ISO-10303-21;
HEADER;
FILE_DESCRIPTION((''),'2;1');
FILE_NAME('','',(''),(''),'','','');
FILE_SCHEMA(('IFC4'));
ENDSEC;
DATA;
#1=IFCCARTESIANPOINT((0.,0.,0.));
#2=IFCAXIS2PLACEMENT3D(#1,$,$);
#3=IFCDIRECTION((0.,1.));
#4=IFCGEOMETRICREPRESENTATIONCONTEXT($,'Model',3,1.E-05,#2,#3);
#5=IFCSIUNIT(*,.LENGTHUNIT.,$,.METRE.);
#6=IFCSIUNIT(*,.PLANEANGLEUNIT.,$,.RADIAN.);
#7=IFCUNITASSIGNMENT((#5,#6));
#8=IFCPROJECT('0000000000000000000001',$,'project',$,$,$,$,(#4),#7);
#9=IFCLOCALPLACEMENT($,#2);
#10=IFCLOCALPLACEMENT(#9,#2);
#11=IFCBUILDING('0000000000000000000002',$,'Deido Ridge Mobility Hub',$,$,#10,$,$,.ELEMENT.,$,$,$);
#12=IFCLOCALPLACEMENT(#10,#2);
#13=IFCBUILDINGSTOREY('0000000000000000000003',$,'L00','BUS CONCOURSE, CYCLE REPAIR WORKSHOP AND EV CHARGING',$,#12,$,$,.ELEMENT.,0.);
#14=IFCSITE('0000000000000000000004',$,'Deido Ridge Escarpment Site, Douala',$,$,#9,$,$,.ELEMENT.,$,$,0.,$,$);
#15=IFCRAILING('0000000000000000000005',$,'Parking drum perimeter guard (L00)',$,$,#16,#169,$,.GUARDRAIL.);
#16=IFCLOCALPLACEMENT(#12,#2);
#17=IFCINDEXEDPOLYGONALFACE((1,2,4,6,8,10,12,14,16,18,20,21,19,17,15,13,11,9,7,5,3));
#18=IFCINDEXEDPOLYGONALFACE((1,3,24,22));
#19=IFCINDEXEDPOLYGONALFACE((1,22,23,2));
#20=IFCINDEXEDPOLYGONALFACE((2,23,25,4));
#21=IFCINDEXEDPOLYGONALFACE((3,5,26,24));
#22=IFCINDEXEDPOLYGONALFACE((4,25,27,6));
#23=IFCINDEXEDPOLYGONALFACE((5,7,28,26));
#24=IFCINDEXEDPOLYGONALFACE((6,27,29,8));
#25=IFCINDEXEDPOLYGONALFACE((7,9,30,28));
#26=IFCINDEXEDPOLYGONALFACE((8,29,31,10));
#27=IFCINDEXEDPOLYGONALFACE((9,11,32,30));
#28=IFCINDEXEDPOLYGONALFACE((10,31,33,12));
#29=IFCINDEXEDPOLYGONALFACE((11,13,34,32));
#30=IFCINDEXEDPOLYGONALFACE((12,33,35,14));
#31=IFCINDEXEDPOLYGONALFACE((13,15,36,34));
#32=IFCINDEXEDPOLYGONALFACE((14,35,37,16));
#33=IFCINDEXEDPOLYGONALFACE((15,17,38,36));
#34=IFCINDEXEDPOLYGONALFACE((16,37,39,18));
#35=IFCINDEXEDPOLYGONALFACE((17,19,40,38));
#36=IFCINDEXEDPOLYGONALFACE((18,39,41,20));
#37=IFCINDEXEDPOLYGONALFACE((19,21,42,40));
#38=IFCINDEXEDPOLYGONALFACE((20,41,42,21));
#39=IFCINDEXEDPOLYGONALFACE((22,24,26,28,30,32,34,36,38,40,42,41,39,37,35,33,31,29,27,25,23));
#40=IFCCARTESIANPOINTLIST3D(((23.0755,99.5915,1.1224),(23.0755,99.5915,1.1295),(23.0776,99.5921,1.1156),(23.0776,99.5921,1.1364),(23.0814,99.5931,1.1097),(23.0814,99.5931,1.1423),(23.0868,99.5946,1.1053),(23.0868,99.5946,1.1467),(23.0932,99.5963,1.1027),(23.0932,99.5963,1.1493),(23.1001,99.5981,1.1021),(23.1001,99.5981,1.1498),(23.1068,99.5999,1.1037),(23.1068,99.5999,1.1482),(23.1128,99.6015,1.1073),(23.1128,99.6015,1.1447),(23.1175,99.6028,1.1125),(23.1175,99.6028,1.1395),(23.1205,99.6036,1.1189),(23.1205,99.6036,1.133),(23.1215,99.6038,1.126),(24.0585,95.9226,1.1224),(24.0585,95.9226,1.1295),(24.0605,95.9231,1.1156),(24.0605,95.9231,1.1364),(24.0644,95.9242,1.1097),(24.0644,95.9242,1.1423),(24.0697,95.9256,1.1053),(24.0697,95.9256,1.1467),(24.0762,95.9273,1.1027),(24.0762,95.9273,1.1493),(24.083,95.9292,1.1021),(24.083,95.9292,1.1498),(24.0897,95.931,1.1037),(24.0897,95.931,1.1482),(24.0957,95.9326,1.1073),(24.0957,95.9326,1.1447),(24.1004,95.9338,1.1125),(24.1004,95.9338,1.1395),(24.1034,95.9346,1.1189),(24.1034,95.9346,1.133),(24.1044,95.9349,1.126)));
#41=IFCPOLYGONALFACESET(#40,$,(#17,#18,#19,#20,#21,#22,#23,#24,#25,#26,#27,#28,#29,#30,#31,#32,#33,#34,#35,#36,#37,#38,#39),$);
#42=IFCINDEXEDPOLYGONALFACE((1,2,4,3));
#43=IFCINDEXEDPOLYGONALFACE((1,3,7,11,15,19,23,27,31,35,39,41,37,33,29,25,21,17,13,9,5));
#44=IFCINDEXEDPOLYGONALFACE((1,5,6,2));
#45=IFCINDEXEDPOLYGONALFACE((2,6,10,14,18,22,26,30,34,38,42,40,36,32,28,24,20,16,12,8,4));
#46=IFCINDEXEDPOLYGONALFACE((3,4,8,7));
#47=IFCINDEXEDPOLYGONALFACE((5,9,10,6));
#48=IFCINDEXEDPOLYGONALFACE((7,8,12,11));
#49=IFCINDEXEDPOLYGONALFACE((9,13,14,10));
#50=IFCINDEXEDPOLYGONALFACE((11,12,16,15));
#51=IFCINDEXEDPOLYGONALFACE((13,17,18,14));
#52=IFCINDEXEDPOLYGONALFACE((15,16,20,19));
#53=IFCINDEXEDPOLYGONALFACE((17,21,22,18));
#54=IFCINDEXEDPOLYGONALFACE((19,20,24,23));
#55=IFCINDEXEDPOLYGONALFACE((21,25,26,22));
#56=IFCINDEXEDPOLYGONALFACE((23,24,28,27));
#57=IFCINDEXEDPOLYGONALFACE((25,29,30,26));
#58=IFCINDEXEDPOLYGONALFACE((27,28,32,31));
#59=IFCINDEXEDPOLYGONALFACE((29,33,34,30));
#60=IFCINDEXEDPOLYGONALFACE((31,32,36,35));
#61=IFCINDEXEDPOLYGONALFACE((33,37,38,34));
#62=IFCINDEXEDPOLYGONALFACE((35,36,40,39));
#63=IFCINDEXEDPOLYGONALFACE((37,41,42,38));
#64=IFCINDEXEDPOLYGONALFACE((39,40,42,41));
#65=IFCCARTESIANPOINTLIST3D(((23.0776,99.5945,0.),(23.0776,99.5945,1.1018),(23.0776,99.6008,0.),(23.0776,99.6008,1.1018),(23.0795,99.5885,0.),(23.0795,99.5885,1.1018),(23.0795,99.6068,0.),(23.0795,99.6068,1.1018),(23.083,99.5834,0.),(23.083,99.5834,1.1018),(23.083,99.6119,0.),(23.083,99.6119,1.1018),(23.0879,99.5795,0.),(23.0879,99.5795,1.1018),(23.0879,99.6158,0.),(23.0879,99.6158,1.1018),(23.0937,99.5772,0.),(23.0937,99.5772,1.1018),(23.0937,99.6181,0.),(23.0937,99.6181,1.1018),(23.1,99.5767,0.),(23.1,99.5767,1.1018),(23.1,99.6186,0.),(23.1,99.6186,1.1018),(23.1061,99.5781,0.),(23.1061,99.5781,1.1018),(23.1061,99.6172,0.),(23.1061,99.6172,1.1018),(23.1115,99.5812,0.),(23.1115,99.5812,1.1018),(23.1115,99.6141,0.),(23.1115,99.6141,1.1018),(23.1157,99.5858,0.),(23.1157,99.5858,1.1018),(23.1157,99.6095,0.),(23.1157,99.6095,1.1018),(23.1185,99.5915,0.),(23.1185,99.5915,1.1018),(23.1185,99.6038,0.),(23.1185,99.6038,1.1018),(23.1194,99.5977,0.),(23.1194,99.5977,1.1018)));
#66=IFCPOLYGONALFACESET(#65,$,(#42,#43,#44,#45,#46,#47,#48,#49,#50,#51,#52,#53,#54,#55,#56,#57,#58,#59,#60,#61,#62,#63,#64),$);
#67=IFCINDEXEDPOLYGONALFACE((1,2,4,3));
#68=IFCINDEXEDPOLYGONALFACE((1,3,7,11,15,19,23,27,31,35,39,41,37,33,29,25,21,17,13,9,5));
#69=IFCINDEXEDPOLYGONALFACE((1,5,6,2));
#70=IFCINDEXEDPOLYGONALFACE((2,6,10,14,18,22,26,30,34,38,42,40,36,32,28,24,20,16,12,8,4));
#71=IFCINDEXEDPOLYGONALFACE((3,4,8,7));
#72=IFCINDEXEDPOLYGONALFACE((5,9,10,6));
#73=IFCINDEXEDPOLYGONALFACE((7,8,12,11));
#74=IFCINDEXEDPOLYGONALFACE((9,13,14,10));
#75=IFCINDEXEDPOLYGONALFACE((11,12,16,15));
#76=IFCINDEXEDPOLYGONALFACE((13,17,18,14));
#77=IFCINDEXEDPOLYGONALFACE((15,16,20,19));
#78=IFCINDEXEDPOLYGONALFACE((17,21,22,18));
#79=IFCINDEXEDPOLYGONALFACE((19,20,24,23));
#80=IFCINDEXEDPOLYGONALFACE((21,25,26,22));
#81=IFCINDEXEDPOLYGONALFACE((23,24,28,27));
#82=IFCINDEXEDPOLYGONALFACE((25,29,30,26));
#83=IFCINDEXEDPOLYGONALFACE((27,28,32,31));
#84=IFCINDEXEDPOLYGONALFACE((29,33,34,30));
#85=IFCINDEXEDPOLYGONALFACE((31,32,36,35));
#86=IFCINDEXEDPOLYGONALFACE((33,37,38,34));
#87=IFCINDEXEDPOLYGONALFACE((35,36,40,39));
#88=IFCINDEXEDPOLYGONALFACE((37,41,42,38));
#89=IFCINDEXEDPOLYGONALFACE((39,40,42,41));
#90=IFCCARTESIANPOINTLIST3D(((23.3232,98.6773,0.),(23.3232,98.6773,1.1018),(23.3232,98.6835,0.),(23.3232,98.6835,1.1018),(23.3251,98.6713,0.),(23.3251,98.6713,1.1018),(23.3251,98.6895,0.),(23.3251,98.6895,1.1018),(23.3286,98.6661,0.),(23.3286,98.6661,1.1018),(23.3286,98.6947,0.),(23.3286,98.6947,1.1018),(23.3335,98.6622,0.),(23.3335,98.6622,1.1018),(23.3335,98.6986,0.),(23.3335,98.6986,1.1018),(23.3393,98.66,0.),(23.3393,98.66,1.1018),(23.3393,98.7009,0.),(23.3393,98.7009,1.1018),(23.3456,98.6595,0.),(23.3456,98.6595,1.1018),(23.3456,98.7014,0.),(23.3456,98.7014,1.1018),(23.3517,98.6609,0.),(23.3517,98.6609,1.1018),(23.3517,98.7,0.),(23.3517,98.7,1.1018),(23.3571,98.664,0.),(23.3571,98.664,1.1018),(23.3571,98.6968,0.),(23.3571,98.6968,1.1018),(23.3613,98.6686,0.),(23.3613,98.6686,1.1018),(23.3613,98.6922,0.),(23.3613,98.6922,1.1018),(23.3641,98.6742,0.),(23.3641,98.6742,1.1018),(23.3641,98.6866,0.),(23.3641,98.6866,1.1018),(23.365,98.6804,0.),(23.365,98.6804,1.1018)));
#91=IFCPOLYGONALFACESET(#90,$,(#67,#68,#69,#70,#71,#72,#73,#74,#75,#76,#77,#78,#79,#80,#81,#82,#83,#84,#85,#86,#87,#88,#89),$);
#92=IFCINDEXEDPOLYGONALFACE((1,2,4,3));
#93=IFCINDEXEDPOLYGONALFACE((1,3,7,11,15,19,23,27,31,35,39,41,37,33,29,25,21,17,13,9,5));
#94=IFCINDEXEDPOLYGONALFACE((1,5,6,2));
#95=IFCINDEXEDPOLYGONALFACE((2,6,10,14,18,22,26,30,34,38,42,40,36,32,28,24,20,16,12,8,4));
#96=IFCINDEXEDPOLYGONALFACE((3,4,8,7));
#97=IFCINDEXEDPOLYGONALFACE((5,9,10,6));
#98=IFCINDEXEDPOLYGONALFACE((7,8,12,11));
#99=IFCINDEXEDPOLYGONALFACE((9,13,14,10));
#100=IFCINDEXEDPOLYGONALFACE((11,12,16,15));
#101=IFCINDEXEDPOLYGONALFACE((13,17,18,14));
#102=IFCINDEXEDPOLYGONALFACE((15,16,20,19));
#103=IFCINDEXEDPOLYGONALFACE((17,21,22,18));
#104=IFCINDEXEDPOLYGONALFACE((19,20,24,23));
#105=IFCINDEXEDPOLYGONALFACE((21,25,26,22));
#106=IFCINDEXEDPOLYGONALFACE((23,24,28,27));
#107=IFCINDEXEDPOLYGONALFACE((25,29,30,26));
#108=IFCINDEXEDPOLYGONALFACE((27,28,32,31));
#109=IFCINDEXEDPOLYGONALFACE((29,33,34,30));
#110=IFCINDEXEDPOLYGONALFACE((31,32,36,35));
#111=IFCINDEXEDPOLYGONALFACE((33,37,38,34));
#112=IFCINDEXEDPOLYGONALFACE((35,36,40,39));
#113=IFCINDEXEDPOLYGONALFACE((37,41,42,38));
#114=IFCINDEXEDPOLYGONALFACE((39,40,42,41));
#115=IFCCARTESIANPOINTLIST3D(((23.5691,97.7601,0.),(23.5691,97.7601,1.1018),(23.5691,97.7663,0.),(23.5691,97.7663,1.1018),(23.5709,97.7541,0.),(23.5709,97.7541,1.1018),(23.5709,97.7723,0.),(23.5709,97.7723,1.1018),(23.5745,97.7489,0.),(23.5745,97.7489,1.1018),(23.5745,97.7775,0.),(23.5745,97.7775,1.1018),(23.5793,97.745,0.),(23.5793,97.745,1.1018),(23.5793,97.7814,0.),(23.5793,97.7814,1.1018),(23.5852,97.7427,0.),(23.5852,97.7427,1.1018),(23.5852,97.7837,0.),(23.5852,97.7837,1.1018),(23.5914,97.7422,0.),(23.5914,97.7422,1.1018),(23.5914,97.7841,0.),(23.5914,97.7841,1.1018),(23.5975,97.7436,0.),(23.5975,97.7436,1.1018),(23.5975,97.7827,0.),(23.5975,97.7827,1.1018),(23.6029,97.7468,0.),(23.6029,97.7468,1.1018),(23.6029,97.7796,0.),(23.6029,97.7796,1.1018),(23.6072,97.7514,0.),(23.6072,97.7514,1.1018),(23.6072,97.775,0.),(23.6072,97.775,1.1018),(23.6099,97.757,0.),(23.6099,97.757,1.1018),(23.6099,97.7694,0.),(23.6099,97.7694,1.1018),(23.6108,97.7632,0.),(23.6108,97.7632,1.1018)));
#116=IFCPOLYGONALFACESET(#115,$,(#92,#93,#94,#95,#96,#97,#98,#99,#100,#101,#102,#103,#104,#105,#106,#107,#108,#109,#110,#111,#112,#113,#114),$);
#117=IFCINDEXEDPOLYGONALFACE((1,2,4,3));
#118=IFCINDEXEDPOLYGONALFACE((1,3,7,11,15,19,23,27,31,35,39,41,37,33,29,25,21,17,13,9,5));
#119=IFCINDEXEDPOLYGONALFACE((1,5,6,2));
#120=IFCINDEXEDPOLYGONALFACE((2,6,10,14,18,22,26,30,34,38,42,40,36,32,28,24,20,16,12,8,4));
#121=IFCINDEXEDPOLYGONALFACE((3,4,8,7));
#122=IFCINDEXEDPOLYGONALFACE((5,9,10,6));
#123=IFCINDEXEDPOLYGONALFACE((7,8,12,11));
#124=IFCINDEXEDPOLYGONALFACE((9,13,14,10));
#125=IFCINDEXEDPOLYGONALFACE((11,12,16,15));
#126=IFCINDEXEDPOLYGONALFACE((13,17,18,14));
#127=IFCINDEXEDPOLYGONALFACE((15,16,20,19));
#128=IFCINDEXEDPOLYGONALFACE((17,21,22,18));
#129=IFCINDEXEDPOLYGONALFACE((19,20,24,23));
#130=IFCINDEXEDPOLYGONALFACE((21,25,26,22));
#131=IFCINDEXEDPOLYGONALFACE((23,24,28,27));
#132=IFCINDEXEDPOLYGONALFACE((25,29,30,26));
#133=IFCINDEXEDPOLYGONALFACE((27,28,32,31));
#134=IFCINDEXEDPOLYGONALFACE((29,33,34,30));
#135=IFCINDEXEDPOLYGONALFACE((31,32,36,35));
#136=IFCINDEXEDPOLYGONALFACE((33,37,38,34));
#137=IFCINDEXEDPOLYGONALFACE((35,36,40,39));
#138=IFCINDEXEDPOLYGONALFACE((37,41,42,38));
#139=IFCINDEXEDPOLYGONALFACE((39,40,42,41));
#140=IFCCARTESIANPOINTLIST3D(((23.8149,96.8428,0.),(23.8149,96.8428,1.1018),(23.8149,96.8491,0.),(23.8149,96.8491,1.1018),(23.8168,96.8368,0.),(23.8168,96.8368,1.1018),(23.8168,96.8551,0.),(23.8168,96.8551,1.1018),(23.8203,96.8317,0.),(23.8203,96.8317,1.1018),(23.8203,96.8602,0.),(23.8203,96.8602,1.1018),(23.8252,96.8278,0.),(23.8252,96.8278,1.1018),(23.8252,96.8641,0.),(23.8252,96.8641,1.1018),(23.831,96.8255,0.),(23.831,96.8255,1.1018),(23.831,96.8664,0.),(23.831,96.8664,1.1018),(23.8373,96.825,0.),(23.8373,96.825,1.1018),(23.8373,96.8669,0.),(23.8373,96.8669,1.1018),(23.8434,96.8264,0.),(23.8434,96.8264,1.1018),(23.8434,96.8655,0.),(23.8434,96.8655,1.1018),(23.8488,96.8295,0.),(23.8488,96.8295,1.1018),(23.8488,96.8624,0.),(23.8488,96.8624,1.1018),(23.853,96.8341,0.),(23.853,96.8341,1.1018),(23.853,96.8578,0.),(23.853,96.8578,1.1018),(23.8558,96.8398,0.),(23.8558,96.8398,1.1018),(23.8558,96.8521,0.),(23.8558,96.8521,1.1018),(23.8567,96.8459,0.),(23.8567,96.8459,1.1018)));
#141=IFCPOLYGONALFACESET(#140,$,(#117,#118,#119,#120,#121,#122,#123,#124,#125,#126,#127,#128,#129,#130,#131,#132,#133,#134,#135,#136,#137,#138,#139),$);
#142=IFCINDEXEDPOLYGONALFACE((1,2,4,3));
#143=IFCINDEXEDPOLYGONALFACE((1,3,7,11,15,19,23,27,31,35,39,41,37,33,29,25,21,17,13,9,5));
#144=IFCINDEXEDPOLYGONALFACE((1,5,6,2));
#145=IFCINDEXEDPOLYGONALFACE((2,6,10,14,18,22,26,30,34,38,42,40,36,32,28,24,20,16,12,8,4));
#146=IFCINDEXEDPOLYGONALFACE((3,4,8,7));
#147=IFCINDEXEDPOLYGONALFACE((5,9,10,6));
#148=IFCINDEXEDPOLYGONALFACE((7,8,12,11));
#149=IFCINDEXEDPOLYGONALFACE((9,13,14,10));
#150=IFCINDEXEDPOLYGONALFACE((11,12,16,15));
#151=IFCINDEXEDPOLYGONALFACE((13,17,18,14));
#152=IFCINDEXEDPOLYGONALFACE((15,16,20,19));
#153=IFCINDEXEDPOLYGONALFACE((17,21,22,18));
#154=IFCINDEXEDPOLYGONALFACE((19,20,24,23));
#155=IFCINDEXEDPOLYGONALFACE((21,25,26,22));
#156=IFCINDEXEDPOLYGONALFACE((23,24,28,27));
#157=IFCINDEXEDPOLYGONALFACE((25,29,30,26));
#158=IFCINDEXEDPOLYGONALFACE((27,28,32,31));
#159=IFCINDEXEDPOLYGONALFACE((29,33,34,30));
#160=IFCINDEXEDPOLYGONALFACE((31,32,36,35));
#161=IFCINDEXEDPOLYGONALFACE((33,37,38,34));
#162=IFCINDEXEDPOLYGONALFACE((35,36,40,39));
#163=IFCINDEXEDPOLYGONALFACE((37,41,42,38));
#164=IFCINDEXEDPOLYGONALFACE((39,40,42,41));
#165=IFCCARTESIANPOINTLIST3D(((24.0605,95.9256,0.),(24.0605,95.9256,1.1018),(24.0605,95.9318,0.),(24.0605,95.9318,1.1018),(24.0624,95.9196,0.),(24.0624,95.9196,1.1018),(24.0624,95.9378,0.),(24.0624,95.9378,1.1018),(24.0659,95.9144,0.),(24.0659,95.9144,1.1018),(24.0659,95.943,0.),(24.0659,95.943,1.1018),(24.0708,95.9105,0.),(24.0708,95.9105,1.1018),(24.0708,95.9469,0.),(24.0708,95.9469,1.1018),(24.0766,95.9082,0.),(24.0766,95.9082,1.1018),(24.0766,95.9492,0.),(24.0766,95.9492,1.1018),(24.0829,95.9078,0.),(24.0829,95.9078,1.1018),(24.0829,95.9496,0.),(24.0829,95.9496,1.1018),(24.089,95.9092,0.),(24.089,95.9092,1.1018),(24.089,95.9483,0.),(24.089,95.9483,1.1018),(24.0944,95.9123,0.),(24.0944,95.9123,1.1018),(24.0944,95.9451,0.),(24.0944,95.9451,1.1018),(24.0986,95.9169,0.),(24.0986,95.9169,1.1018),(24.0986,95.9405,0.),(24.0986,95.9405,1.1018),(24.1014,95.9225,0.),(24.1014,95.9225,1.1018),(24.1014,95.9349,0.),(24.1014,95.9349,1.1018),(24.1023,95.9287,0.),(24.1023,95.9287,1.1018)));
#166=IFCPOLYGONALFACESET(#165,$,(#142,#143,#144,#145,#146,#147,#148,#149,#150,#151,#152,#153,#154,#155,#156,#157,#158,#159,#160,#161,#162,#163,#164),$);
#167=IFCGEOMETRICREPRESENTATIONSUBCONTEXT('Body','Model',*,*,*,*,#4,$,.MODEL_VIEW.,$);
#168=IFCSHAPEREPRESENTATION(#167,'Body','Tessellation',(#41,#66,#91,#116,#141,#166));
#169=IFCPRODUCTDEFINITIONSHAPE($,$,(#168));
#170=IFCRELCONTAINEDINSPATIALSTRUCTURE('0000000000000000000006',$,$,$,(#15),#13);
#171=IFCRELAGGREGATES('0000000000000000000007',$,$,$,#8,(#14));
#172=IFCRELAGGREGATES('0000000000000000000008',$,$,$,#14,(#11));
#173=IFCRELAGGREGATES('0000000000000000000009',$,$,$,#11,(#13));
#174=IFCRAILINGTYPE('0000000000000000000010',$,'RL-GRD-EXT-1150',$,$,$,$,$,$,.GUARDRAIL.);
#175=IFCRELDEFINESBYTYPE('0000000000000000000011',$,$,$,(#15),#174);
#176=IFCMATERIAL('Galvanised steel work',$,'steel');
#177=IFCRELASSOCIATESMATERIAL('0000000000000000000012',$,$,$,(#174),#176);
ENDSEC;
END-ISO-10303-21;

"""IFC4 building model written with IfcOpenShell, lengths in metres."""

from ifc_helpers import new_model, si_unit, direction, frame, origin, origin_2d, place, context, subcontext, project, spatial, circle, extrude, material, type_object, element, save


model = new_model("IFC4")

# Units and contexts
model_context = context("Model", 3, precision=1e-05, world=origin(), true_north=direction((0.0, 1.0)))
body_context = subcontext(model_context, "Body", "Model", "MODEL_VIEW")
ifc_project = project(units=[si_unit("LENGTHUNIT", "METRE"), si_unit("PLANEANGLEUNIT", "RADIAN")], contexts=[model_context])

# Site, building, storey
site_placement = place(None, origin())
site = spatial("IfcSite", under=ifc_project, at=site_placement, Name="Deido Ridge Escarpment Site, Douala", CompositionType="ELEMENT", RefElevation=0.0)
building_placement = place(site_placement, origin())
building = spatial("IfcBuilding", under=site, at=building_placement, Name="Deido Ridge Mobility Hub", CompositionType="ELEMENT")
storey_placement = place(building_placement, origin())
storey = spatial("IfcBuildingStorey", under=building, at=storey_placement, Name="L00", Description="BUS CONCOURSE, CYCLE REPAIR WORKSHOP AND EV CHARGING", CompositionType="ELEMENT", Elevation=0.0)

# Railing
ifc_material_1 = material(Name="Galvanised steel work", Category="steel")
railing_type = type_object("IfcRailingType", Name="RL-GRD-EXT-1150", PredefinedType="GUARDRAIL", material=ifc_material_1)
railing_1_placement = place(storey_placement, frame((23.0984, 99.5977, 0.0)))
element("IfcRailing", 1, at=railing_1_placement, inside=storey, type_object=railing_type, Name="Parking drum perimeter guard (L00)", PredefinedType="GUARDRAIL", context=body_context, shape_type="SweptSolid", body=[
    extrude(circle(Radius=0.0239, at=origin_2d()), frame((0.0, 0.0, 1.126), z_axis=(0.258775, -0.965938, 0.0), x_axis=(0.965938, 0.258775, 0.0)), (0.0, 0.0, 1.0), 3.7983),
    extrude(circle(Radius=0.021, at=origin_2d()), origin(), (0.0, 0.0, 1.0), 1.1018),
    extrude(circle(Radius=0.021, at=origin_2d()), frame((0.2456, -0.9172, 0.0)), (0.0, 0.0, 1.0), 1.1018),
    extrude(circle(Radius=0.021, at=origin_2d()), frame((0.4915, -1.8345, 0.0)), (0.0, 0.0, 1.0), 1.1018),
    extrude(circle(Radius=0.021, at=origin_2d()), frame((0.7373, -2.7517, 0.0)), (0.0, 0.0, 1.0), 1.1018),
    extrude(circle(Radius=0.021, at=origin_2d()), frame((0.9829, -3.6689, 0.0)), (0.0, 0.0, 1.0), 1.1018),
])

save(model, "model.ifc")
